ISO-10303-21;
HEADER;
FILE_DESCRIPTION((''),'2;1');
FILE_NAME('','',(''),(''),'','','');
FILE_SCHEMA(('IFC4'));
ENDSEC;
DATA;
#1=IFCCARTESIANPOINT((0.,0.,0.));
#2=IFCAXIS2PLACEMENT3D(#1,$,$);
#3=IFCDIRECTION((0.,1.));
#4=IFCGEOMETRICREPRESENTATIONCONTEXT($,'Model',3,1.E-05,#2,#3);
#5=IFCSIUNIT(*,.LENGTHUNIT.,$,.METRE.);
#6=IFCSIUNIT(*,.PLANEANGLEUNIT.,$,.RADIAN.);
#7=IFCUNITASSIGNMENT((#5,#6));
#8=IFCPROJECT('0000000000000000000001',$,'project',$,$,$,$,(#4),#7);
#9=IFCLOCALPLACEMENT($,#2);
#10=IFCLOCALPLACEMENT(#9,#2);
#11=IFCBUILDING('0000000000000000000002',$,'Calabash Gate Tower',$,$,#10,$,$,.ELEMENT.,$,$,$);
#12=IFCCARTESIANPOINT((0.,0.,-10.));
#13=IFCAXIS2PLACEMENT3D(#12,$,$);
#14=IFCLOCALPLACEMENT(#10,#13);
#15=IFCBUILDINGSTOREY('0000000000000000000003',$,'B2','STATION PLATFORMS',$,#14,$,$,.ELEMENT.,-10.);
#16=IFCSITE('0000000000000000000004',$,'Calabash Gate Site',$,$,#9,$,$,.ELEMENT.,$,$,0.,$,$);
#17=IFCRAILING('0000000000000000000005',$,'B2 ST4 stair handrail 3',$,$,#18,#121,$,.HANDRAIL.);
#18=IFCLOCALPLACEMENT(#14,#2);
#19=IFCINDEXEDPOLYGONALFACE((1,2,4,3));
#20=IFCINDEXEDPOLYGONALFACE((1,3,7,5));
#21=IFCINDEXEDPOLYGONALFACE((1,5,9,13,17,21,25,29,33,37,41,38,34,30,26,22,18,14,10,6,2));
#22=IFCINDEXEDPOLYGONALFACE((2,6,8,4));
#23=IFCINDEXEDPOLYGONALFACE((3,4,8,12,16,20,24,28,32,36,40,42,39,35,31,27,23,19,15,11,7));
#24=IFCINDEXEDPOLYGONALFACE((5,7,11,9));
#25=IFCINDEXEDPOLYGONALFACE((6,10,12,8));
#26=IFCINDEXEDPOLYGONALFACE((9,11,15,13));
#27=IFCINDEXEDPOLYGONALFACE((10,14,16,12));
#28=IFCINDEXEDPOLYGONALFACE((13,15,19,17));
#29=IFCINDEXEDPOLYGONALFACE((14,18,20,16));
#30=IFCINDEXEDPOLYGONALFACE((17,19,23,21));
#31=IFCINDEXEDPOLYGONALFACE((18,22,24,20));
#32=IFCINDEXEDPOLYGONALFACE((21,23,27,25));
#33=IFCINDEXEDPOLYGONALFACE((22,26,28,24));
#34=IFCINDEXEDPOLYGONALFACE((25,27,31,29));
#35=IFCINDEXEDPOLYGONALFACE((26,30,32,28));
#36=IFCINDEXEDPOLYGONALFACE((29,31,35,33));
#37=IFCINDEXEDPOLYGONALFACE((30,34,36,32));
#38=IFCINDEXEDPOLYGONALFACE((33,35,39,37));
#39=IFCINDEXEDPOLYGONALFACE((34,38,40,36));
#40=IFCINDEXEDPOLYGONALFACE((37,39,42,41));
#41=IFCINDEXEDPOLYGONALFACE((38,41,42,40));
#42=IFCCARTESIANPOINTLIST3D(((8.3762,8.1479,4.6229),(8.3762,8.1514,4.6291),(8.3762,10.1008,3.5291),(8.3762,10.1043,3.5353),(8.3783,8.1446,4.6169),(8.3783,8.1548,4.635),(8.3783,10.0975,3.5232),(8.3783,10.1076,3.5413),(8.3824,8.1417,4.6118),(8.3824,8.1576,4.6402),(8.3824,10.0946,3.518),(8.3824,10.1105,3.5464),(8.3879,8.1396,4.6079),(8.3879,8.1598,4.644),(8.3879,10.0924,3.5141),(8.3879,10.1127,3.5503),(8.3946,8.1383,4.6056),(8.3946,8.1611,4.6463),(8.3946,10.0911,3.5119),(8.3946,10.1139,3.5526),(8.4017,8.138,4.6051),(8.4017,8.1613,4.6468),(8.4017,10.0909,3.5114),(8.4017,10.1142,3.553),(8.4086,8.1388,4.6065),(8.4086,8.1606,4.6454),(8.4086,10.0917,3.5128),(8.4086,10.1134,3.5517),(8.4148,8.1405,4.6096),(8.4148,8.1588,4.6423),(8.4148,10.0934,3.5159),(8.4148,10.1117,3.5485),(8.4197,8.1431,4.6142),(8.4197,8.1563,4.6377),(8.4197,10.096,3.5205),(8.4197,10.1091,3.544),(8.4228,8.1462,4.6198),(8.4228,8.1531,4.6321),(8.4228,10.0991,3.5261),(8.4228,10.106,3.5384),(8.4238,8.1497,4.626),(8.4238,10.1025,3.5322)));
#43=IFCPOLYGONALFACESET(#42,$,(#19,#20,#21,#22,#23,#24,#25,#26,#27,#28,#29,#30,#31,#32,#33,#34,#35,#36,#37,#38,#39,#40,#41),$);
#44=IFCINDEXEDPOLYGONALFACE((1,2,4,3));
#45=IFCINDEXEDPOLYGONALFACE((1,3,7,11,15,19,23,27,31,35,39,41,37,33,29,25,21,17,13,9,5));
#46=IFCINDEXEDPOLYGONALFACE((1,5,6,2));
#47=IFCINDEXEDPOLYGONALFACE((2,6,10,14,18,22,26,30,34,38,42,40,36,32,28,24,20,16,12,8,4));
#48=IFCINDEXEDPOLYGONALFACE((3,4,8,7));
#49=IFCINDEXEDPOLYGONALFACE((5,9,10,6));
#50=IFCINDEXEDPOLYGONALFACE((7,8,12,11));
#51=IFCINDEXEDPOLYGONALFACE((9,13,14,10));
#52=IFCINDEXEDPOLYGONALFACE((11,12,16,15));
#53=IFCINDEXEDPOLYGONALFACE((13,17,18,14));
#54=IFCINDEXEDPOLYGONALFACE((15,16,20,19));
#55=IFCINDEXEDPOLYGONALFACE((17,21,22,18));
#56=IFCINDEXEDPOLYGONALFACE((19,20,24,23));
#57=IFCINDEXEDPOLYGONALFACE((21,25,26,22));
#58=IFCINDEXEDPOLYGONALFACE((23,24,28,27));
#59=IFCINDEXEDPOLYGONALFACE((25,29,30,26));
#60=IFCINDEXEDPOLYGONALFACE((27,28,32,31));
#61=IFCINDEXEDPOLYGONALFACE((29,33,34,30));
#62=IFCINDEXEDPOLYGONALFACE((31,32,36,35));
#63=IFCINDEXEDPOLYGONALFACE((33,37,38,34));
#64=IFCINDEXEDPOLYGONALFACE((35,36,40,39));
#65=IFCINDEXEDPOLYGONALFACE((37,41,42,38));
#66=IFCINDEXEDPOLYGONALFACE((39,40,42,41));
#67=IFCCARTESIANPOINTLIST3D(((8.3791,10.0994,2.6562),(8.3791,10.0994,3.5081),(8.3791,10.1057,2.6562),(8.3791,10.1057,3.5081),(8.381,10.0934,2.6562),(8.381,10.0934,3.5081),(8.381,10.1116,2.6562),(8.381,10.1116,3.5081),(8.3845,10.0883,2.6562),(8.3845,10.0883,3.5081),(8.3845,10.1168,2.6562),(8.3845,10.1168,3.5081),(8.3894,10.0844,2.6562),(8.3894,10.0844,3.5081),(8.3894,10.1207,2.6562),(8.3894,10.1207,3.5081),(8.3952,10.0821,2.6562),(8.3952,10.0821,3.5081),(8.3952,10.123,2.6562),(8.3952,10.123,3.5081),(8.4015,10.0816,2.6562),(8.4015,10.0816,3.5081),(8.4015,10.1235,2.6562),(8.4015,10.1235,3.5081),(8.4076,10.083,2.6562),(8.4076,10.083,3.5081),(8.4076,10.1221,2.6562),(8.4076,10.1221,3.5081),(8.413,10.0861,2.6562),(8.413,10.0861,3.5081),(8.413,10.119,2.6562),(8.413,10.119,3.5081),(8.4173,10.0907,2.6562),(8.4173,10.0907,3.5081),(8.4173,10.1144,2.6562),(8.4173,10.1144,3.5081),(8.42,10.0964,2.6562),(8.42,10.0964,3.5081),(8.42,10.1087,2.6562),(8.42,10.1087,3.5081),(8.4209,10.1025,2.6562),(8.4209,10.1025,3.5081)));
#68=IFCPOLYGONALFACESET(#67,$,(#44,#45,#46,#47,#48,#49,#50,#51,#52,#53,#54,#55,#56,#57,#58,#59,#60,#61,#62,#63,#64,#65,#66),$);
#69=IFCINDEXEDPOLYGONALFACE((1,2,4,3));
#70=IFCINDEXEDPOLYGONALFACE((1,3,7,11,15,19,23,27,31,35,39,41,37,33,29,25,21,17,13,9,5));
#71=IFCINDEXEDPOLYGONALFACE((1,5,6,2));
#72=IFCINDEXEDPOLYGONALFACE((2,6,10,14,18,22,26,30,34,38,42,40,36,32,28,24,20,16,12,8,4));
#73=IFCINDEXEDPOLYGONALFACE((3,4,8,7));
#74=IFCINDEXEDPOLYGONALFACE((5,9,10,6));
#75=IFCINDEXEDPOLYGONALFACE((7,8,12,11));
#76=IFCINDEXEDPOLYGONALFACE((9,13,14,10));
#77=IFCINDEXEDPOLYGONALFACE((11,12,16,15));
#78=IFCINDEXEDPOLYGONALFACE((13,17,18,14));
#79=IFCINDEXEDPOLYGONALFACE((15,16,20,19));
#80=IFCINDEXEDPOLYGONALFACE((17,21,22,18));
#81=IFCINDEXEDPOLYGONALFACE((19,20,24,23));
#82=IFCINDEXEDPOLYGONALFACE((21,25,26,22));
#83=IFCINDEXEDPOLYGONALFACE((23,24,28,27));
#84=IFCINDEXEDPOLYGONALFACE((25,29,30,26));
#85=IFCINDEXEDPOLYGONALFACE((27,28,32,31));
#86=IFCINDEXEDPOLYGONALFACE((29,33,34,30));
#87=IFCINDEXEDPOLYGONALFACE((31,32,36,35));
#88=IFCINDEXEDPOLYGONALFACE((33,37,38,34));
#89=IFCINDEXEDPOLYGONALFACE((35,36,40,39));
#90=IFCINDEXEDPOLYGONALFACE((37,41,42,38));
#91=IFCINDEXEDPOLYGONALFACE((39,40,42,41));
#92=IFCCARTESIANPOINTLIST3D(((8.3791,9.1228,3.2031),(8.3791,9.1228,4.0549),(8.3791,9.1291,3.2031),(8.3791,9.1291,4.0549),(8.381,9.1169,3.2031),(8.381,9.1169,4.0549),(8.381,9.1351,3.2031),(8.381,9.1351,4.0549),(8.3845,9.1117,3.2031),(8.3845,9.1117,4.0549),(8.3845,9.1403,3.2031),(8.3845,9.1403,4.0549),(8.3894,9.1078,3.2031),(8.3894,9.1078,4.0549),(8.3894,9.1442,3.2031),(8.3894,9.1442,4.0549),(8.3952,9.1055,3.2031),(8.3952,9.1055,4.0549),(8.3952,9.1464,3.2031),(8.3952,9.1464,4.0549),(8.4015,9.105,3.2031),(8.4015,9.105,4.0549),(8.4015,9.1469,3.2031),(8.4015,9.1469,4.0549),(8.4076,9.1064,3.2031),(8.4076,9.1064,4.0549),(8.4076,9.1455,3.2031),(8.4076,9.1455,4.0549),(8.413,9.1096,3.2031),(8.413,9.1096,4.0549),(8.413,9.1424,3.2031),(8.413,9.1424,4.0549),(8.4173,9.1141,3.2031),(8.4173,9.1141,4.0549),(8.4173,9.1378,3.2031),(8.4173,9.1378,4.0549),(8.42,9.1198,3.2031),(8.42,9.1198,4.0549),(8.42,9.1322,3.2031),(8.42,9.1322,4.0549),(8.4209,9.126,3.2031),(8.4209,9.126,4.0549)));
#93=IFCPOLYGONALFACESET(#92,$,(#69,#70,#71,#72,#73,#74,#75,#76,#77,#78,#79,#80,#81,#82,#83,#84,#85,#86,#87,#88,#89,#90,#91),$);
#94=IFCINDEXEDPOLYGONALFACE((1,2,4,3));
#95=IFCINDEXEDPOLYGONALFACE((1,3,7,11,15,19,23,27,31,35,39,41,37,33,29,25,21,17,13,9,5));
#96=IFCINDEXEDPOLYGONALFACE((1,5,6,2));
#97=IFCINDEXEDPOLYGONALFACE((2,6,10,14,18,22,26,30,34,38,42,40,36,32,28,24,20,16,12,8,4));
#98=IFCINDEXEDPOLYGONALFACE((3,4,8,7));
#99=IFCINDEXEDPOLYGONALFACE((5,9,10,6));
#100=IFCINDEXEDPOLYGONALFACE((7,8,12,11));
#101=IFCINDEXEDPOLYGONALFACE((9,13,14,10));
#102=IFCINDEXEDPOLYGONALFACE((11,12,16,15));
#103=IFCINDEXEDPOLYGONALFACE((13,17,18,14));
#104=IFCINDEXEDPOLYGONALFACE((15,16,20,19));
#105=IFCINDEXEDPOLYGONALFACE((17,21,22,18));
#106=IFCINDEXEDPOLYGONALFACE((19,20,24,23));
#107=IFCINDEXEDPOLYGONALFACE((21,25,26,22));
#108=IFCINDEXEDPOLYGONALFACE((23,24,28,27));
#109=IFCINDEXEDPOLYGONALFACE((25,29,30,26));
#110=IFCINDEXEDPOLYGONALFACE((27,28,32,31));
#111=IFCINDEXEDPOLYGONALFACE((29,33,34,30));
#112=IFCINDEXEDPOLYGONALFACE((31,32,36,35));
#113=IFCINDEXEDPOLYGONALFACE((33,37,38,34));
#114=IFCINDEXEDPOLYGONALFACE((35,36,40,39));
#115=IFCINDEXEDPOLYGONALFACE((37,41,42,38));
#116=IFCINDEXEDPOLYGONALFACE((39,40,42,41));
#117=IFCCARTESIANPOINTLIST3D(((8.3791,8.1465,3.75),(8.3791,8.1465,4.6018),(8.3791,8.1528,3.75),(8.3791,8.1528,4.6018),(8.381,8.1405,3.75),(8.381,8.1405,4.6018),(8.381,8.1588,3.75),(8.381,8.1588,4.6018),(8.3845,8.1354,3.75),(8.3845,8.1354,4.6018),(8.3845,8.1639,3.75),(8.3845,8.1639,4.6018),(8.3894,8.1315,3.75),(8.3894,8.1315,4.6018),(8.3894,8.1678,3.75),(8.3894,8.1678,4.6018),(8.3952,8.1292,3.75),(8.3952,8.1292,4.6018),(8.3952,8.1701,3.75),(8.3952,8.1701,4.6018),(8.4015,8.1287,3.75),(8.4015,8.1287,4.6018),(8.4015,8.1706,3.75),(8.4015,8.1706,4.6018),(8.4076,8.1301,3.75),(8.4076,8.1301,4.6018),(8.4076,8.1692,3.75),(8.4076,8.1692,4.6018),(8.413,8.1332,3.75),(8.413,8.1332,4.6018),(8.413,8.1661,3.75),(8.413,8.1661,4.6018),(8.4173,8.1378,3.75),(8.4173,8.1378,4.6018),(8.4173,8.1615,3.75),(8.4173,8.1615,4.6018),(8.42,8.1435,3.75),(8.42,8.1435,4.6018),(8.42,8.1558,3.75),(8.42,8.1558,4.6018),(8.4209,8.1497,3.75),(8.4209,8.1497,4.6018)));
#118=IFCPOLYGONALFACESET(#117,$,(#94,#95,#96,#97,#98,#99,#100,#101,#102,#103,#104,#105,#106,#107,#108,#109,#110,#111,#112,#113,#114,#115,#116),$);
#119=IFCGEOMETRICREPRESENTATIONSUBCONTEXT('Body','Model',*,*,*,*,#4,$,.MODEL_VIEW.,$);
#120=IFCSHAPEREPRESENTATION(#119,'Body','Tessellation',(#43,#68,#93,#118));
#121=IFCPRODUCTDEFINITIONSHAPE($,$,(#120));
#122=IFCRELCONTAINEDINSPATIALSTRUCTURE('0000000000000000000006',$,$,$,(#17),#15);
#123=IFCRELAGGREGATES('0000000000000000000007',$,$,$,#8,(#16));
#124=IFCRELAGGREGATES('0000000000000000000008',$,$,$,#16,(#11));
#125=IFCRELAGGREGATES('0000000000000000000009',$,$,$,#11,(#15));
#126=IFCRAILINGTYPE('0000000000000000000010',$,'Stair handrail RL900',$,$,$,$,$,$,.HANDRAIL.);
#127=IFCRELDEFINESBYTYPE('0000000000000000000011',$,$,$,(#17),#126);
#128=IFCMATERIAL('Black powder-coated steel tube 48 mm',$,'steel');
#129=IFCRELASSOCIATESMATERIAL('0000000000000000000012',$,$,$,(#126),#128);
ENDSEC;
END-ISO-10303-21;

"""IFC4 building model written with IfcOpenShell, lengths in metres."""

from ifc_helpers import new_model, si_unit, direction, frame, origin, origin_2d, place, context, subcontext, project, spatial, circle, extrude, material, type_object, element, save


model = new_model("IFC4")

# Units and contexts
model_context = context("Model", 3, precision=1e-05, world=origin(), true_north=direction((0.0, 1.0)))
body_context = subcontext(model_context, "Body", "Model", "MODEL_VIEW")
ifc_project = project(units=[si_unit("LENGTHUNIT", "METRE"), si_unit("PLANEANGLEUNIT", "RADIAN")], contexts=[model_context])

# Site, building, storey
site_placement = place(None, origin())
site = spatial("IfcSite", under=ifc_project, at=site_placement, Name="Calabash Gate Site", CompositionType="ELEMENT", RefElevation=0.0)
building_placement = place(site_placement, origin())
building = spatial("IfcBuilding", under=site, at=building_placement, Name="Calabash Gate Tower", CompositionType="ELEMENT")
storey_placement = place(building_placement, frame((0.0, 0.0, -10.0)))
storey = spatial("IfcBuildingStorey", under=building, at=storey_placement, Name="B2", Description="STATION PLATFORMS", CompositionType="ELEMENT", Elevation=-10.0)

# Railing
ifc_material_1 = material(Name="Black powder-coated steel tube 48 mm", Category="steel")
railing_type_1 = type_object("IfcRailingType", Name="Stair handrail RL900", PredefinedType="HANDRAIL", material=ifc_material_1)
railing_1_placement = place(storey_placement, frame((8.3999, 10.1025, 2.6562)))
element("IfcRailing", 1, at=railing_1_placement, inside=storey, type_object=railing_type_1, Name="B2 ST4 stair handrail 3", PredefinedType="HANDRAIL", context=body_context, shape_type="SweptSolid", body=[
    extrude(circle(Radius=0.0239, at=origin_2d()), frame((0.0, 0.0, 0.876), z_axis=(0.0, -0.87248, 0.48865), x_axis=(1.0, 0.0, 0.0)), (0.0, 0.0, 1.0), 2.2383),
    extrude(circle(Radius=0.021, at=origin_2d()), origin(), (0.0, 0.0, 1.0), 0.8518),
    extrude(circle(Radius=0.021, at=origin_2d()), frame((0.0, -0.9766, 0.5469)), (0.0, 0.0, 1.0), 0.8518),
    extrude(circle(Radius=0.021, at=origin_2d()), frame((0.0, -1.9529, 1.0938)), (0.0, 0.0, 1.0), 0.8518),
])

save(model, "model.ifc")
